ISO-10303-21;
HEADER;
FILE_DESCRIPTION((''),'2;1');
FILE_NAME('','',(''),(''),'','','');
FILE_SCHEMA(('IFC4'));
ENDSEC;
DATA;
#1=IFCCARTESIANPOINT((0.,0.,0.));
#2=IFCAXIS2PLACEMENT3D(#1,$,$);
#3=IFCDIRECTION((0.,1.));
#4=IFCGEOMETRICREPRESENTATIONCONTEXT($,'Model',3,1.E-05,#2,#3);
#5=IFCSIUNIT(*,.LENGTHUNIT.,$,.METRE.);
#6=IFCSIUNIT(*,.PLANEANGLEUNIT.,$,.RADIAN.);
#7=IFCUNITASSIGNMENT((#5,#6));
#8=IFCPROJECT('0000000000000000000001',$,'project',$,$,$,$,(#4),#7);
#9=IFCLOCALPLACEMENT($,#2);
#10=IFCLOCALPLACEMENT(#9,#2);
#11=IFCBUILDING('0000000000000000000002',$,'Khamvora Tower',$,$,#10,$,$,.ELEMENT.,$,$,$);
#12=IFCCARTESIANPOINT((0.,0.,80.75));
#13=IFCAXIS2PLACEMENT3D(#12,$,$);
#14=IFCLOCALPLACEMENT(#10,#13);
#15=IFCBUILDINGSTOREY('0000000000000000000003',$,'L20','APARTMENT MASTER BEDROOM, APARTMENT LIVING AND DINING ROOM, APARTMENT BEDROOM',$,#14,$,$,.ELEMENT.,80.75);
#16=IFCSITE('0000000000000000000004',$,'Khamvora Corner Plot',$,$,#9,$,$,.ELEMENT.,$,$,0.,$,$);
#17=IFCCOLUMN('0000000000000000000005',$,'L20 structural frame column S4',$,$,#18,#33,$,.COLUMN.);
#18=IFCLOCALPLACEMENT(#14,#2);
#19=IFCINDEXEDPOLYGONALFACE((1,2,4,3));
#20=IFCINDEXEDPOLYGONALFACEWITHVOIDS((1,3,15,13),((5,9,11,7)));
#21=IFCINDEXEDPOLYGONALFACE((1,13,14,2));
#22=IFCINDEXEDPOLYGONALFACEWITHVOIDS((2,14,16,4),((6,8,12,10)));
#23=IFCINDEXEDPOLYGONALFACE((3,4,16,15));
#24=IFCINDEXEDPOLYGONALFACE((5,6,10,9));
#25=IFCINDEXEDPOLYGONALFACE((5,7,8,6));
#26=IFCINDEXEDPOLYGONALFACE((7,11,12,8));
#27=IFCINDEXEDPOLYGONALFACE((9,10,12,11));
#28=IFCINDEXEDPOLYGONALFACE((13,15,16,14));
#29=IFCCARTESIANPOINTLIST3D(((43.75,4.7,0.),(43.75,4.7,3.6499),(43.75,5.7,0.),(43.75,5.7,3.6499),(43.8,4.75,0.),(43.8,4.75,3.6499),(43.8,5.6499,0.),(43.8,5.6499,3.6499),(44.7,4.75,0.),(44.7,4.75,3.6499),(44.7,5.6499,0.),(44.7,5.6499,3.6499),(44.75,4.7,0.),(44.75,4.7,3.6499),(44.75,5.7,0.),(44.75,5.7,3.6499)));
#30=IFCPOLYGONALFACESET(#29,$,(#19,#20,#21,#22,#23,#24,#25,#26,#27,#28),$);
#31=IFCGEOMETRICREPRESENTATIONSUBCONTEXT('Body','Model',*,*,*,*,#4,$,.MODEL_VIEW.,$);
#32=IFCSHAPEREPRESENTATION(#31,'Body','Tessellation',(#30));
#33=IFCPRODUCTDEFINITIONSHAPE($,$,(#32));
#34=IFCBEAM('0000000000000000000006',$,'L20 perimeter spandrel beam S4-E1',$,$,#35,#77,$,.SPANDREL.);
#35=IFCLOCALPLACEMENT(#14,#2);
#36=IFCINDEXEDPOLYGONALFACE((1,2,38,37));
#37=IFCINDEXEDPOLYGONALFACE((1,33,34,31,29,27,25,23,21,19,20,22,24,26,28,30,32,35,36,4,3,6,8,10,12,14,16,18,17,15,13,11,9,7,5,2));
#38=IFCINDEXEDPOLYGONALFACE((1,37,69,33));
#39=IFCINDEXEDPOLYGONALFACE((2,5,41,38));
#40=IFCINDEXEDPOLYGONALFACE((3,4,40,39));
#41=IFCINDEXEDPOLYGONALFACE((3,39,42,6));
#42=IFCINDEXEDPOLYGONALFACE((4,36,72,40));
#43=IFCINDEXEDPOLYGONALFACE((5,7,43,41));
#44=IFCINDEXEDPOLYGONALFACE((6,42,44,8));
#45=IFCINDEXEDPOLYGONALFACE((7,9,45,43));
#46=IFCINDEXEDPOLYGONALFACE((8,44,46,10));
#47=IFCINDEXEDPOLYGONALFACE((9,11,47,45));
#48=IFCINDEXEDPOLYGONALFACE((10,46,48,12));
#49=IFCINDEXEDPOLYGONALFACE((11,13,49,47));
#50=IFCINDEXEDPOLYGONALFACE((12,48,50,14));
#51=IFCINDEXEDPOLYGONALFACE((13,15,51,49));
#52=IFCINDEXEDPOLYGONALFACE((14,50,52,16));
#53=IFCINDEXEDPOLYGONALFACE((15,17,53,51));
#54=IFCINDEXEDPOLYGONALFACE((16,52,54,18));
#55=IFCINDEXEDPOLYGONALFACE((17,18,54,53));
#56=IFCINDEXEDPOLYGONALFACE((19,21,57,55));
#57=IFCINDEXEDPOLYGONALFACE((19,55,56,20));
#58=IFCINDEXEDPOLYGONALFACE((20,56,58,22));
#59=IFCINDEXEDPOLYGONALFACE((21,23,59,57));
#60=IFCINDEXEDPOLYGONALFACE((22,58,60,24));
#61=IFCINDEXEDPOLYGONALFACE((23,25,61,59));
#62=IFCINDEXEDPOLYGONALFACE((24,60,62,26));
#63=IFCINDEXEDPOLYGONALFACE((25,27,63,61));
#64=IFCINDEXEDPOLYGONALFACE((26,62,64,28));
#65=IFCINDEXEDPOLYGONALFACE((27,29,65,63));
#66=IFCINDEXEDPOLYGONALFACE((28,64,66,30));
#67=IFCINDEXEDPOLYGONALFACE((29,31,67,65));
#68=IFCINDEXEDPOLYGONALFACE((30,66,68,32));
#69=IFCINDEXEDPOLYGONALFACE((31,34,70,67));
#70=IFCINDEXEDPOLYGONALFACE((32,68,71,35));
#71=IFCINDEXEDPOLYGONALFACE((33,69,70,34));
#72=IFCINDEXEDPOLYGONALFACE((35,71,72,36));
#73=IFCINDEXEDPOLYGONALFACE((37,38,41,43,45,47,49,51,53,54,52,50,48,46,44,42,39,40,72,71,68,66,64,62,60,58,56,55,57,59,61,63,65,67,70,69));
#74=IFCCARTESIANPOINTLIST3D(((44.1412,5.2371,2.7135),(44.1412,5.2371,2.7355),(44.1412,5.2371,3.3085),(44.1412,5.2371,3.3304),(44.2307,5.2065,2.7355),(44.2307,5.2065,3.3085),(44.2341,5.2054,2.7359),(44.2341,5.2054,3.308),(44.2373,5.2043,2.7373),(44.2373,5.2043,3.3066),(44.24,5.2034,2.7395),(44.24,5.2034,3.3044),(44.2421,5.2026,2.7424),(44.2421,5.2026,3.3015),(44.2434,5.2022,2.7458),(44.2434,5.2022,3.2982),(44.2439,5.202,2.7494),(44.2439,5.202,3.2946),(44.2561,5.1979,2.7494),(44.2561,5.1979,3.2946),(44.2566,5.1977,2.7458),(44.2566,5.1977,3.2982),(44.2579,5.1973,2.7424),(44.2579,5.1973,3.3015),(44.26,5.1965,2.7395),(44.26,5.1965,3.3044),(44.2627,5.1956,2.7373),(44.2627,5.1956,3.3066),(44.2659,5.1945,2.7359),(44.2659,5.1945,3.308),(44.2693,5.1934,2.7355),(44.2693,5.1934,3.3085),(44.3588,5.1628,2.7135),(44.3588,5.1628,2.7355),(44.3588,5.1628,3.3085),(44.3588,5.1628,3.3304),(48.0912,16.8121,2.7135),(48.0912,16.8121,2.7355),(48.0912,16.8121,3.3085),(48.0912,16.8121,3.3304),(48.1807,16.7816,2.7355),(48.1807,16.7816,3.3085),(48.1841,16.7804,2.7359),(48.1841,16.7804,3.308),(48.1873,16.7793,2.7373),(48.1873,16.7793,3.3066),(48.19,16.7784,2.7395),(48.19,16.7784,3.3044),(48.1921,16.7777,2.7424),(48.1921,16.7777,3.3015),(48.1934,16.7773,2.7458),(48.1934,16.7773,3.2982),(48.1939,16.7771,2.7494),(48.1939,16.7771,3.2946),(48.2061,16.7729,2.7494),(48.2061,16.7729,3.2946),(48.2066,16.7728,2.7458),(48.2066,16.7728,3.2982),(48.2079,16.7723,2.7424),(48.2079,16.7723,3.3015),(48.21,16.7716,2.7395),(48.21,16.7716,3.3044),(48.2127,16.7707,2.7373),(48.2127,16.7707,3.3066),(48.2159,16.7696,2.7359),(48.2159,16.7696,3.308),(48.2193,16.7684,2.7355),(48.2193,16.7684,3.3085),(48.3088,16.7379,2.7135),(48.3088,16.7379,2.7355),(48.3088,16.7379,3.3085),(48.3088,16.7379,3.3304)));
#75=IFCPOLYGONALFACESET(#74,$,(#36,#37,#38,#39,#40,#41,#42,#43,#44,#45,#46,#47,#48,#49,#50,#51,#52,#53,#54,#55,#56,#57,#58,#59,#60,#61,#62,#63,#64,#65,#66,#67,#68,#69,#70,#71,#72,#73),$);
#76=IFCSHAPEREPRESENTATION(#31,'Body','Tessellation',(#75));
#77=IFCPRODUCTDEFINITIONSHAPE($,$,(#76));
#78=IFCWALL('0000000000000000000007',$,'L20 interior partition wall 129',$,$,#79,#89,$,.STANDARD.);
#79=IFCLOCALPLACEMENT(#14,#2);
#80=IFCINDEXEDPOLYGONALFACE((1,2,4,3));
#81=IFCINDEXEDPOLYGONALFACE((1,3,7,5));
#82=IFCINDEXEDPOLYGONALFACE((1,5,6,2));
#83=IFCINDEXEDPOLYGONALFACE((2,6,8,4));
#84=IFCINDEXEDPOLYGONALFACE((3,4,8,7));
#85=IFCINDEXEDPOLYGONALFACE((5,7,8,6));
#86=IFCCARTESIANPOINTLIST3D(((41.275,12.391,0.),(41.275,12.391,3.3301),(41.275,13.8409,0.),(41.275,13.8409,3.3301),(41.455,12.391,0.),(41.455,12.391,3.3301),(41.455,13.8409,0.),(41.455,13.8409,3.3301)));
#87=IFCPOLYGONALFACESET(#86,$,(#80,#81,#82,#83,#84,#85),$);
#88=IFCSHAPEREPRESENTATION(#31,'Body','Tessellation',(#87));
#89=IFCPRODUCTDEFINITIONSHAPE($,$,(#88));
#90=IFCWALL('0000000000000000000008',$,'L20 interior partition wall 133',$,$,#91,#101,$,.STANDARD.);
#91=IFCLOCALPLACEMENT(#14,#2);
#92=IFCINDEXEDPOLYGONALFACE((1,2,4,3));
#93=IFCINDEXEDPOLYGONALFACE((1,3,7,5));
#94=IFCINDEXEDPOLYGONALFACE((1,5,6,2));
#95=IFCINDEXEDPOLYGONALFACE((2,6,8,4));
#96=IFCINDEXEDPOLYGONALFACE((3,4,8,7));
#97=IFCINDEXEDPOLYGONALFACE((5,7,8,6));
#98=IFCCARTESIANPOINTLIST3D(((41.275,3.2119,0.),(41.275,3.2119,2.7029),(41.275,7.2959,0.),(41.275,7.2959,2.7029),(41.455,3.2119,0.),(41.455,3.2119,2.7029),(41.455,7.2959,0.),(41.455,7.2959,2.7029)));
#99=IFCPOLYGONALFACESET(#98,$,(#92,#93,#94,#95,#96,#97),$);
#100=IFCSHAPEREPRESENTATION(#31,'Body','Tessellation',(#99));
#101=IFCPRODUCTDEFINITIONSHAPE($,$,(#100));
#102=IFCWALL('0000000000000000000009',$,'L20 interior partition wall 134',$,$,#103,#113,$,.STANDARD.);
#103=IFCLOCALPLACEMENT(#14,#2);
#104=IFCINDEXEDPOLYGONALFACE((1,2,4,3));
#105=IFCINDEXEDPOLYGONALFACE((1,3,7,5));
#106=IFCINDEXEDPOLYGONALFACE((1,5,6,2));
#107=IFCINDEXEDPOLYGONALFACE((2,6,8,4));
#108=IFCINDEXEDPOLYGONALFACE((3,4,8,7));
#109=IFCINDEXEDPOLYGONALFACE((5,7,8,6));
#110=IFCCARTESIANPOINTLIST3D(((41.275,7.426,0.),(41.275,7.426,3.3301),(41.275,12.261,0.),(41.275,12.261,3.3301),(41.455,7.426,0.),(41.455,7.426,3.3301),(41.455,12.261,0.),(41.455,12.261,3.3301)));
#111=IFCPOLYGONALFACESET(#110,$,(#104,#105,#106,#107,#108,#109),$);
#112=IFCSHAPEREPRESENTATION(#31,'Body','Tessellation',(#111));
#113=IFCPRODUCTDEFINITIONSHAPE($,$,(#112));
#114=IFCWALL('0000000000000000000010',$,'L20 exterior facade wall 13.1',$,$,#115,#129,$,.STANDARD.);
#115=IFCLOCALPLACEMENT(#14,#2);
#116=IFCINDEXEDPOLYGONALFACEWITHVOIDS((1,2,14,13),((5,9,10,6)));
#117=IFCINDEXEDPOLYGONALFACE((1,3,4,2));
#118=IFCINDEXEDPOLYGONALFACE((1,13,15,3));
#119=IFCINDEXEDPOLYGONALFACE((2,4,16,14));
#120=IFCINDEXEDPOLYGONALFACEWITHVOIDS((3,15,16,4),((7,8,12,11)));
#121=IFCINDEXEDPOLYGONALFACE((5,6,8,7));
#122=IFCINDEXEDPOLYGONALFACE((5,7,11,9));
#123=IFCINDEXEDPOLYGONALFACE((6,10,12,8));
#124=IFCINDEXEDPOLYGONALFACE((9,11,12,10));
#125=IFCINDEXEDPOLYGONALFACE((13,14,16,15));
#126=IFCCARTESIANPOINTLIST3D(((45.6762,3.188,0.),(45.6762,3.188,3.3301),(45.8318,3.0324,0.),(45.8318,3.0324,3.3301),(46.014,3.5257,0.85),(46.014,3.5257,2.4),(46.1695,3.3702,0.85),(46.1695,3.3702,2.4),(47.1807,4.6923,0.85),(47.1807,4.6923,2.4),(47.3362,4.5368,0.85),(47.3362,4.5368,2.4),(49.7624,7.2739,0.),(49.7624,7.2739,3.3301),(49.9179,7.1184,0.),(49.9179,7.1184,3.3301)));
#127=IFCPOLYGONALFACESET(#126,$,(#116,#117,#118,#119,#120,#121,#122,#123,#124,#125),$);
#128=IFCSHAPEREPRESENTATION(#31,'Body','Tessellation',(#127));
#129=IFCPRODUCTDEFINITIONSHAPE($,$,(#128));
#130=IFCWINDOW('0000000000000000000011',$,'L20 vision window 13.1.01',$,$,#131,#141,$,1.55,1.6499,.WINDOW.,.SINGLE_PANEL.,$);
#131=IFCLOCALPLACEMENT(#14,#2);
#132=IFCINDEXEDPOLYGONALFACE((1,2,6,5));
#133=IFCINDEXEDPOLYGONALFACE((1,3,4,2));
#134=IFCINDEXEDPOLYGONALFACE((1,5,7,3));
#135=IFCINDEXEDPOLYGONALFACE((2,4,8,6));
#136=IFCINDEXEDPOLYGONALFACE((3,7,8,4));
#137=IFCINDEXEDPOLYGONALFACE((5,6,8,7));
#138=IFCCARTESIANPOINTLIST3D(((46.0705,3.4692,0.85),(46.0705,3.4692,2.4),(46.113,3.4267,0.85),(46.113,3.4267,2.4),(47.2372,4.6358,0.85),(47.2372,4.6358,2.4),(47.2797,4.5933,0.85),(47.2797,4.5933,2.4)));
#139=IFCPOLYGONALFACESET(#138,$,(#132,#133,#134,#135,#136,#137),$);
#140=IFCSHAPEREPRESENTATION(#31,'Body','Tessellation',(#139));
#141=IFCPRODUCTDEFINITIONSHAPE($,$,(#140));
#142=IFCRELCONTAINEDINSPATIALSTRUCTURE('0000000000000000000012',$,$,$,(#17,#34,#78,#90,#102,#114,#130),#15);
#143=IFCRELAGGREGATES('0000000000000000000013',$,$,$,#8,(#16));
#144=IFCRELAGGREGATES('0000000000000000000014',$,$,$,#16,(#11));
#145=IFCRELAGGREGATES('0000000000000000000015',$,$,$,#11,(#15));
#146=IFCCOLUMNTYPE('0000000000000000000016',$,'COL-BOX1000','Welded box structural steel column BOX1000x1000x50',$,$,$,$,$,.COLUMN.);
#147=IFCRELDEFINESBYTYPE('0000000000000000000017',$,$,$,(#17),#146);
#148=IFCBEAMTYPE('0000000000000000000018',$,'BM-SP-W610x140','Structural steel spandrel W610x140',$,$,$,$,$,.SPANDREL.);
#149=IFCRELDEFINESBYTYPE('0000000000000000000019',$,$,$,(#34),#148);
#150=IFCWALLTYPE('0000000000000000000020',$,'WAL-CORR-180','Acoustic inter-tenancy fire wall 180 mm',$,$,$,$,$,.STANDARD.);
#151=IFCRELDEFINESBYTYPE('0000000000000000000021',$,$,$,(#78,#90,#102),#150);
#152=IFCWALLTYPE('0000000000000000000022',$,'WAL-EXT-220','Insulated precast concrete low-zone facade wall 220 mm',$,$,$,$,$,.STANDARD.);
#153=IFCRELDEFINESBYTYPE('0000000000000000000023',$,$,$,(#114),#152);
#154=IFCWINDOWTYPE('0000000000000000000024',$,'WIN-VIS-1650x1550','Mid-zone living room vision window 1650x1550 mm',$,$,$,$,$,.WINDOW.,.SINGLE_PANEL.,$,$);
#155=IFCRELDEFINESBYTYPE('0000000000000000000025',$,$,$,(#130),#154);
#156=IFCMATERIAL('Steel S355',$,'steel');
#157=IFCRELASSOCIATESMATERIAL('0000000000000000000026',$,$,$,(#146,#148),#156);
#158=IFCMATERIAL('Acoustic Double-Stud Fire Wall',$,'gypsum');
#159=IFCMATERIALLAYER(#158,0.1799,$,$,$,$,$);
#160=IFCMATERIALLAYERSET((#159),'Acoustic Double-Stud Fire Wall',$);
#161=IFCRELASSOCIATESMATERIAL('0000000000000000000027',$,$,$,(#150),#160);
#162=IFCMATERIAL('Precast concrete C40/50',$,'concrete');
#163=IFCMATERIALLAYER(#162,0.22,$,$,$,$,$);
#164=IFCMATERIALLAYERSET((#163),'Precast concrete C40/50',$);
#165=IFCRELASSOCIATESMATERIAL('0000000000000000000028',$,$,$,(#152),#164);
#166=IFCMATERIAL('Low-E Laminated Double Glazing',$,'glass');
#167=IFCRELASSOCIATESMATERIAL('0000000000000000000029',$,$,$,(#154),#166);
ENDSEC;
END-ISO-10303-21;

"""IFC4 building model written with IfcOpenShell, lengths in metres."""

from ifc_helpers import new_model, si_unit, direction, frame, frame_2d, origin, origin_2d, place, context, subcontext, project, spatial, rectangle, hollow_rectangle, i_section, extrude, material, layer, layer_set, material_profile, profile_set, type_object, element, fill, save


model = new_model("IFC4")

# Units and contexts
model_context = context("Model", 3, precision=1e-05, world=origin(), true_north=direction((0.0, 1.0)))
body_context = subcontext(model_context, "Body", "Model", "MODEL_VIEW")
ifc_project = project(units=[si_unit("LENGTHUNIT", "METRE"), si_unit("PLANEANGLEUNIT", "RADIAN")], contexts=[model_context])

# Site, building, storey
site_placement = place(None, origin())
site = spatial("IfcSite", under=ifc_project, at=site_placement, Name="Khamvora Corner Plot", CompositionType="ELEMENT", RefElevation=0.0)
building_placement = place(site_placement, origin())
building = spatial("IfcBuilding", under=site, at=building_placement, Name="Khamvora Tower", CompositionType="ELEMENT")
storey_placement = place(building_placement, frame((0.0, 0.0, 80.75)))
storey = spatial("IfcBuildingStorey", under=building, at=storey_placement, Name="L20", Description="APARTMENT MASTER BEDROOM, APARTMENT LIVING AND DINING ROOM, APARTMENT BEDROOM", CompositionType="ELEMENT", Elevation=80.75)

# Column
ifc_material_1 = material(Name="Steel S355", Category="steel")
ifc_material_profile_1 = material_profile(ifc_material_1, hollow_rectangle(XDim=1.0, YDim=1.0, WallThickness=0.05, at=origin_2d()), Name="BOX1000x1000x50")
ifc_profile_set_1 = profile_set([ifc_material_profile_1], Name="Steel S355")
column_type = type_object("IfcColumnType", Name="COL-BOX1000", Description="Welded box structural steel column BOX1000x1000x50", PredefinedType="COLUMN", material=ifc_profile_set_1)
column_placement = place(storey_placement, frame((44.25, 5.2, 0.0), z_axis=(0.0, 0.0, 1.0), x_axis=(1.0, 0.0, 0.0)))
element("IfcColumn", 1, at=column_placement, inside=storey, type_object=column_type, Name="L20 structural frame column S4", PredefinedType="COLUMN", context=body_context, shape_type="SweptSolid", body=[
    extrude(hollow_rectangle(XDim=1.0, YDim=1.0, WallThickness=0.05, at=origin_2d()), origin(), (0.0, 0.0, 1.0), 3.6499),
])

# Beam
ifc_material_profile_2 = material_profile(ifc_material_1, i_section(OverallWidth=0.23, OverallDepth=0.6169, WebThickness=0.0129, FlangeThickness=0.022, FilletRadius=0.0139, at=origin_2d()), Name="W610x140")
ifc_profile_set_2 = profile_set([ifc_material_profile_2], Name="Steel S355")
beam_type = type_object("IfcBeamType", Name="BM-SP-W610x140", Description="Structural steel spandrel W610x140", PredefinedType="SPANDREL", material=ifc_profile_set_2)
beam_placement = place(storey_placement, frame((44.25, 5.2, 3.022), z_axis=(0.322963, 0.946412, 0.0), x_axis=(-0.946412, 0.322963, 0.0)))
element("IfcBeam", 2, at=beam_placement, inside=storey, type_object=beam_type, Name="L20 perimeter spandrel beam S4-E1", PredefinedType="SPANDREL", context=body_context, shape_type="SweptSolid", body=[
    extrude(i_section(OverallWidth=0.23, OverallDepth=0.6169, WebThickness=0.0129, FlangeThickness=0.022, FilletRadius=0.0139, at=origin_2d()), origin(), (0.0, 0.0, 1.0), 12.2305),
])

# Walls
ifc_material_2 = material(Name="Acoustic Double-Stud Fire Wall", Category="gypsum")
ifc_layer_1 = layer(ifc_material_2, 0.1799)
ifc_layer_set_1 = layer_set([ifc_layer_1], Name="Acoustic Double-Stud Fire Wall")
wall_type_1 = type_object("IfcWallType", Name="WAL-CORR-180", Description="Acoustic inter-tenancy fire wall 180 mm", PredefinedType="STANDARD", material=ifc_layer_set_1)
wall_1_placement = place(storey_placement, frame((41.365, 13.8411, 0.0), z_axis=(0.0, 0.0, 1.0), x_axis=(0.0, -1.0, 0.0)))
element("IfcWall", 3, at=wall_1_placement, inside=storey, type_object=wall_type_1, Name="L20 interior partition wall 129", PredefinedType="STANDARD", context=body_context, shape_type="SweptSolid", body=[
    extrude(rectangle(XDim=1.45, YDim=0.1799, at=frame_2d((0.7251, 0.0))), origin(), (0.0, 0.0, 1.0), 3.3301),
])
wall_2_placement = place(storey_placement, frame((41.365, 7.2959, 0.0), z_axis=(0.0, 0.0, 1.0), x_axis=(0.0, -1.0, 0.0)))
element("IfcWall", 4, at=wall_2_placement, inside=storey, type_object=wall_type_1, Name="L20 interior partition wall 133", PredefinedType="STANDARD", context=body_context, shape_type="SweptSolid", body=[
    extrude(rectangle(XDim=4.084, YDim=0.1799, at=frame_2d((2.042, 0.0))), origin(), (0.0, 0.0, 1.0), 2.7029),
])
wall_3_placement = place(storey_placement, frame((41.365, 12.261, 0.0), z_axis=(0.0, 0.0, 1.0), x_axis=(0.0, -1.0, 0.0)))
element("IfcWall", 5, at=wall_3_placement, inside=storey, type_object=wall_type_1, Name="L20 interior partition wall 134", PredefinedType="STANDARD", context=body_context, shape_type="SweptSolid", body=[
    extrude(rectangle(XDim=4.835, YDim=0.1799, at=frame_2d((2.4175, 0.0))), origin(), (0.0, 0.0, 1.0), 3.3301),
])

# Wall, opening, window
ifc_material_3 = material(Name="Precast concrete C40/50", Category="concrete")
ifc_layer_2 = layer(ifc_material_3, 0.22)
ifc_layer_set_2 = layer_set([ifc_layer_2], Name="Precast concrete C40/50")
wall_type_2 = type_object("IfcWallType", Name="WAL-EXT-220", Description="Insulated precast concrete low-zone facade wall 220 mm", PredefinedType="STANDARD", material=ifc_layer_set_2)
wall_4_placement = place(storey_placement, frame((49.8401, 7.196, 0.0), z_axis=(0.0, 0.0, 1.0), x_axis=(-0.707128, -0.707086, 0.0)))
wall_4 = element("IfcWall", 6, at=wall_4_placement, inside=storey, type_object=wall_type_2, Name="L20 exterior facade wall 13.1", PredefinedType="STANDARD", context=body_context, shape_type="SweptSolid", body=[
    extrude(rectangle(XDim=5.7786, YDim=0.22, at=frame_2d((2.8892, 0.0))), origin(), (0.0, 0.0, 1.0), 3.3301),
])
opening_1_placement = place(wall_4_placement, frame((3.6509, 0.0, 0.8501)))
opening_1 = element("IfcOpeningElement", 7, at=opening_1_placement, cuts=wall_4, PredefinedType="OPENING", context=body_context, shape_type="SweptSolid", body=[
    extrude(rectangle(XDim=1.6499, YDim=1.55, at=frame_2d((0.825, 0.7749))), frame((0.0, 0.1199, 0.0), z_axis=(0.0, -1.0, 0.0), x_axis=(1.0, 0.0, 0.0)), (0.0, 0.0, 1.0), 0.24),
])
ifc_material_4 = material(Name="Low-E Laminated Double Glazing", Category="glass")
window_type_1 = type_object("IfcWindowType", Name="WIN-VIS-1650x1550", Description="Mid-zone living room vision window 1650x1550 mm", PartitioningType="SINGLE_PANEL", PredefinedType="WINDOW", material=ifc_material_4)
window_1_placement = place(opening_1_placement, origin())
window_1 = element("IfcWindow", 8, at=window_1_placement, inside=storey, type_object=window_type_1, Name="L20 vision window 13.1.01", OverallHeight=1.55, OverallWidth=1.6499, PartitioningType="SINGLE_PANEL", PredefinedType="WINDOW", context=body_context, shape_type="SweptSolid", body=[
    extrude(rectangle(XDim=1.6499, YDim=1.55, at=frame_2d((0.825, 0.7749))), frame((0.0, 0.03, 0.0), z_axis=(0.0, -1.0, 0.0), x_axis=(1.0, 0.0, 0.0)), (0.0, 0.0, 1.0), 0.0601),
])
fill(opening_1, window_1)

save(model, "model.ifc")
